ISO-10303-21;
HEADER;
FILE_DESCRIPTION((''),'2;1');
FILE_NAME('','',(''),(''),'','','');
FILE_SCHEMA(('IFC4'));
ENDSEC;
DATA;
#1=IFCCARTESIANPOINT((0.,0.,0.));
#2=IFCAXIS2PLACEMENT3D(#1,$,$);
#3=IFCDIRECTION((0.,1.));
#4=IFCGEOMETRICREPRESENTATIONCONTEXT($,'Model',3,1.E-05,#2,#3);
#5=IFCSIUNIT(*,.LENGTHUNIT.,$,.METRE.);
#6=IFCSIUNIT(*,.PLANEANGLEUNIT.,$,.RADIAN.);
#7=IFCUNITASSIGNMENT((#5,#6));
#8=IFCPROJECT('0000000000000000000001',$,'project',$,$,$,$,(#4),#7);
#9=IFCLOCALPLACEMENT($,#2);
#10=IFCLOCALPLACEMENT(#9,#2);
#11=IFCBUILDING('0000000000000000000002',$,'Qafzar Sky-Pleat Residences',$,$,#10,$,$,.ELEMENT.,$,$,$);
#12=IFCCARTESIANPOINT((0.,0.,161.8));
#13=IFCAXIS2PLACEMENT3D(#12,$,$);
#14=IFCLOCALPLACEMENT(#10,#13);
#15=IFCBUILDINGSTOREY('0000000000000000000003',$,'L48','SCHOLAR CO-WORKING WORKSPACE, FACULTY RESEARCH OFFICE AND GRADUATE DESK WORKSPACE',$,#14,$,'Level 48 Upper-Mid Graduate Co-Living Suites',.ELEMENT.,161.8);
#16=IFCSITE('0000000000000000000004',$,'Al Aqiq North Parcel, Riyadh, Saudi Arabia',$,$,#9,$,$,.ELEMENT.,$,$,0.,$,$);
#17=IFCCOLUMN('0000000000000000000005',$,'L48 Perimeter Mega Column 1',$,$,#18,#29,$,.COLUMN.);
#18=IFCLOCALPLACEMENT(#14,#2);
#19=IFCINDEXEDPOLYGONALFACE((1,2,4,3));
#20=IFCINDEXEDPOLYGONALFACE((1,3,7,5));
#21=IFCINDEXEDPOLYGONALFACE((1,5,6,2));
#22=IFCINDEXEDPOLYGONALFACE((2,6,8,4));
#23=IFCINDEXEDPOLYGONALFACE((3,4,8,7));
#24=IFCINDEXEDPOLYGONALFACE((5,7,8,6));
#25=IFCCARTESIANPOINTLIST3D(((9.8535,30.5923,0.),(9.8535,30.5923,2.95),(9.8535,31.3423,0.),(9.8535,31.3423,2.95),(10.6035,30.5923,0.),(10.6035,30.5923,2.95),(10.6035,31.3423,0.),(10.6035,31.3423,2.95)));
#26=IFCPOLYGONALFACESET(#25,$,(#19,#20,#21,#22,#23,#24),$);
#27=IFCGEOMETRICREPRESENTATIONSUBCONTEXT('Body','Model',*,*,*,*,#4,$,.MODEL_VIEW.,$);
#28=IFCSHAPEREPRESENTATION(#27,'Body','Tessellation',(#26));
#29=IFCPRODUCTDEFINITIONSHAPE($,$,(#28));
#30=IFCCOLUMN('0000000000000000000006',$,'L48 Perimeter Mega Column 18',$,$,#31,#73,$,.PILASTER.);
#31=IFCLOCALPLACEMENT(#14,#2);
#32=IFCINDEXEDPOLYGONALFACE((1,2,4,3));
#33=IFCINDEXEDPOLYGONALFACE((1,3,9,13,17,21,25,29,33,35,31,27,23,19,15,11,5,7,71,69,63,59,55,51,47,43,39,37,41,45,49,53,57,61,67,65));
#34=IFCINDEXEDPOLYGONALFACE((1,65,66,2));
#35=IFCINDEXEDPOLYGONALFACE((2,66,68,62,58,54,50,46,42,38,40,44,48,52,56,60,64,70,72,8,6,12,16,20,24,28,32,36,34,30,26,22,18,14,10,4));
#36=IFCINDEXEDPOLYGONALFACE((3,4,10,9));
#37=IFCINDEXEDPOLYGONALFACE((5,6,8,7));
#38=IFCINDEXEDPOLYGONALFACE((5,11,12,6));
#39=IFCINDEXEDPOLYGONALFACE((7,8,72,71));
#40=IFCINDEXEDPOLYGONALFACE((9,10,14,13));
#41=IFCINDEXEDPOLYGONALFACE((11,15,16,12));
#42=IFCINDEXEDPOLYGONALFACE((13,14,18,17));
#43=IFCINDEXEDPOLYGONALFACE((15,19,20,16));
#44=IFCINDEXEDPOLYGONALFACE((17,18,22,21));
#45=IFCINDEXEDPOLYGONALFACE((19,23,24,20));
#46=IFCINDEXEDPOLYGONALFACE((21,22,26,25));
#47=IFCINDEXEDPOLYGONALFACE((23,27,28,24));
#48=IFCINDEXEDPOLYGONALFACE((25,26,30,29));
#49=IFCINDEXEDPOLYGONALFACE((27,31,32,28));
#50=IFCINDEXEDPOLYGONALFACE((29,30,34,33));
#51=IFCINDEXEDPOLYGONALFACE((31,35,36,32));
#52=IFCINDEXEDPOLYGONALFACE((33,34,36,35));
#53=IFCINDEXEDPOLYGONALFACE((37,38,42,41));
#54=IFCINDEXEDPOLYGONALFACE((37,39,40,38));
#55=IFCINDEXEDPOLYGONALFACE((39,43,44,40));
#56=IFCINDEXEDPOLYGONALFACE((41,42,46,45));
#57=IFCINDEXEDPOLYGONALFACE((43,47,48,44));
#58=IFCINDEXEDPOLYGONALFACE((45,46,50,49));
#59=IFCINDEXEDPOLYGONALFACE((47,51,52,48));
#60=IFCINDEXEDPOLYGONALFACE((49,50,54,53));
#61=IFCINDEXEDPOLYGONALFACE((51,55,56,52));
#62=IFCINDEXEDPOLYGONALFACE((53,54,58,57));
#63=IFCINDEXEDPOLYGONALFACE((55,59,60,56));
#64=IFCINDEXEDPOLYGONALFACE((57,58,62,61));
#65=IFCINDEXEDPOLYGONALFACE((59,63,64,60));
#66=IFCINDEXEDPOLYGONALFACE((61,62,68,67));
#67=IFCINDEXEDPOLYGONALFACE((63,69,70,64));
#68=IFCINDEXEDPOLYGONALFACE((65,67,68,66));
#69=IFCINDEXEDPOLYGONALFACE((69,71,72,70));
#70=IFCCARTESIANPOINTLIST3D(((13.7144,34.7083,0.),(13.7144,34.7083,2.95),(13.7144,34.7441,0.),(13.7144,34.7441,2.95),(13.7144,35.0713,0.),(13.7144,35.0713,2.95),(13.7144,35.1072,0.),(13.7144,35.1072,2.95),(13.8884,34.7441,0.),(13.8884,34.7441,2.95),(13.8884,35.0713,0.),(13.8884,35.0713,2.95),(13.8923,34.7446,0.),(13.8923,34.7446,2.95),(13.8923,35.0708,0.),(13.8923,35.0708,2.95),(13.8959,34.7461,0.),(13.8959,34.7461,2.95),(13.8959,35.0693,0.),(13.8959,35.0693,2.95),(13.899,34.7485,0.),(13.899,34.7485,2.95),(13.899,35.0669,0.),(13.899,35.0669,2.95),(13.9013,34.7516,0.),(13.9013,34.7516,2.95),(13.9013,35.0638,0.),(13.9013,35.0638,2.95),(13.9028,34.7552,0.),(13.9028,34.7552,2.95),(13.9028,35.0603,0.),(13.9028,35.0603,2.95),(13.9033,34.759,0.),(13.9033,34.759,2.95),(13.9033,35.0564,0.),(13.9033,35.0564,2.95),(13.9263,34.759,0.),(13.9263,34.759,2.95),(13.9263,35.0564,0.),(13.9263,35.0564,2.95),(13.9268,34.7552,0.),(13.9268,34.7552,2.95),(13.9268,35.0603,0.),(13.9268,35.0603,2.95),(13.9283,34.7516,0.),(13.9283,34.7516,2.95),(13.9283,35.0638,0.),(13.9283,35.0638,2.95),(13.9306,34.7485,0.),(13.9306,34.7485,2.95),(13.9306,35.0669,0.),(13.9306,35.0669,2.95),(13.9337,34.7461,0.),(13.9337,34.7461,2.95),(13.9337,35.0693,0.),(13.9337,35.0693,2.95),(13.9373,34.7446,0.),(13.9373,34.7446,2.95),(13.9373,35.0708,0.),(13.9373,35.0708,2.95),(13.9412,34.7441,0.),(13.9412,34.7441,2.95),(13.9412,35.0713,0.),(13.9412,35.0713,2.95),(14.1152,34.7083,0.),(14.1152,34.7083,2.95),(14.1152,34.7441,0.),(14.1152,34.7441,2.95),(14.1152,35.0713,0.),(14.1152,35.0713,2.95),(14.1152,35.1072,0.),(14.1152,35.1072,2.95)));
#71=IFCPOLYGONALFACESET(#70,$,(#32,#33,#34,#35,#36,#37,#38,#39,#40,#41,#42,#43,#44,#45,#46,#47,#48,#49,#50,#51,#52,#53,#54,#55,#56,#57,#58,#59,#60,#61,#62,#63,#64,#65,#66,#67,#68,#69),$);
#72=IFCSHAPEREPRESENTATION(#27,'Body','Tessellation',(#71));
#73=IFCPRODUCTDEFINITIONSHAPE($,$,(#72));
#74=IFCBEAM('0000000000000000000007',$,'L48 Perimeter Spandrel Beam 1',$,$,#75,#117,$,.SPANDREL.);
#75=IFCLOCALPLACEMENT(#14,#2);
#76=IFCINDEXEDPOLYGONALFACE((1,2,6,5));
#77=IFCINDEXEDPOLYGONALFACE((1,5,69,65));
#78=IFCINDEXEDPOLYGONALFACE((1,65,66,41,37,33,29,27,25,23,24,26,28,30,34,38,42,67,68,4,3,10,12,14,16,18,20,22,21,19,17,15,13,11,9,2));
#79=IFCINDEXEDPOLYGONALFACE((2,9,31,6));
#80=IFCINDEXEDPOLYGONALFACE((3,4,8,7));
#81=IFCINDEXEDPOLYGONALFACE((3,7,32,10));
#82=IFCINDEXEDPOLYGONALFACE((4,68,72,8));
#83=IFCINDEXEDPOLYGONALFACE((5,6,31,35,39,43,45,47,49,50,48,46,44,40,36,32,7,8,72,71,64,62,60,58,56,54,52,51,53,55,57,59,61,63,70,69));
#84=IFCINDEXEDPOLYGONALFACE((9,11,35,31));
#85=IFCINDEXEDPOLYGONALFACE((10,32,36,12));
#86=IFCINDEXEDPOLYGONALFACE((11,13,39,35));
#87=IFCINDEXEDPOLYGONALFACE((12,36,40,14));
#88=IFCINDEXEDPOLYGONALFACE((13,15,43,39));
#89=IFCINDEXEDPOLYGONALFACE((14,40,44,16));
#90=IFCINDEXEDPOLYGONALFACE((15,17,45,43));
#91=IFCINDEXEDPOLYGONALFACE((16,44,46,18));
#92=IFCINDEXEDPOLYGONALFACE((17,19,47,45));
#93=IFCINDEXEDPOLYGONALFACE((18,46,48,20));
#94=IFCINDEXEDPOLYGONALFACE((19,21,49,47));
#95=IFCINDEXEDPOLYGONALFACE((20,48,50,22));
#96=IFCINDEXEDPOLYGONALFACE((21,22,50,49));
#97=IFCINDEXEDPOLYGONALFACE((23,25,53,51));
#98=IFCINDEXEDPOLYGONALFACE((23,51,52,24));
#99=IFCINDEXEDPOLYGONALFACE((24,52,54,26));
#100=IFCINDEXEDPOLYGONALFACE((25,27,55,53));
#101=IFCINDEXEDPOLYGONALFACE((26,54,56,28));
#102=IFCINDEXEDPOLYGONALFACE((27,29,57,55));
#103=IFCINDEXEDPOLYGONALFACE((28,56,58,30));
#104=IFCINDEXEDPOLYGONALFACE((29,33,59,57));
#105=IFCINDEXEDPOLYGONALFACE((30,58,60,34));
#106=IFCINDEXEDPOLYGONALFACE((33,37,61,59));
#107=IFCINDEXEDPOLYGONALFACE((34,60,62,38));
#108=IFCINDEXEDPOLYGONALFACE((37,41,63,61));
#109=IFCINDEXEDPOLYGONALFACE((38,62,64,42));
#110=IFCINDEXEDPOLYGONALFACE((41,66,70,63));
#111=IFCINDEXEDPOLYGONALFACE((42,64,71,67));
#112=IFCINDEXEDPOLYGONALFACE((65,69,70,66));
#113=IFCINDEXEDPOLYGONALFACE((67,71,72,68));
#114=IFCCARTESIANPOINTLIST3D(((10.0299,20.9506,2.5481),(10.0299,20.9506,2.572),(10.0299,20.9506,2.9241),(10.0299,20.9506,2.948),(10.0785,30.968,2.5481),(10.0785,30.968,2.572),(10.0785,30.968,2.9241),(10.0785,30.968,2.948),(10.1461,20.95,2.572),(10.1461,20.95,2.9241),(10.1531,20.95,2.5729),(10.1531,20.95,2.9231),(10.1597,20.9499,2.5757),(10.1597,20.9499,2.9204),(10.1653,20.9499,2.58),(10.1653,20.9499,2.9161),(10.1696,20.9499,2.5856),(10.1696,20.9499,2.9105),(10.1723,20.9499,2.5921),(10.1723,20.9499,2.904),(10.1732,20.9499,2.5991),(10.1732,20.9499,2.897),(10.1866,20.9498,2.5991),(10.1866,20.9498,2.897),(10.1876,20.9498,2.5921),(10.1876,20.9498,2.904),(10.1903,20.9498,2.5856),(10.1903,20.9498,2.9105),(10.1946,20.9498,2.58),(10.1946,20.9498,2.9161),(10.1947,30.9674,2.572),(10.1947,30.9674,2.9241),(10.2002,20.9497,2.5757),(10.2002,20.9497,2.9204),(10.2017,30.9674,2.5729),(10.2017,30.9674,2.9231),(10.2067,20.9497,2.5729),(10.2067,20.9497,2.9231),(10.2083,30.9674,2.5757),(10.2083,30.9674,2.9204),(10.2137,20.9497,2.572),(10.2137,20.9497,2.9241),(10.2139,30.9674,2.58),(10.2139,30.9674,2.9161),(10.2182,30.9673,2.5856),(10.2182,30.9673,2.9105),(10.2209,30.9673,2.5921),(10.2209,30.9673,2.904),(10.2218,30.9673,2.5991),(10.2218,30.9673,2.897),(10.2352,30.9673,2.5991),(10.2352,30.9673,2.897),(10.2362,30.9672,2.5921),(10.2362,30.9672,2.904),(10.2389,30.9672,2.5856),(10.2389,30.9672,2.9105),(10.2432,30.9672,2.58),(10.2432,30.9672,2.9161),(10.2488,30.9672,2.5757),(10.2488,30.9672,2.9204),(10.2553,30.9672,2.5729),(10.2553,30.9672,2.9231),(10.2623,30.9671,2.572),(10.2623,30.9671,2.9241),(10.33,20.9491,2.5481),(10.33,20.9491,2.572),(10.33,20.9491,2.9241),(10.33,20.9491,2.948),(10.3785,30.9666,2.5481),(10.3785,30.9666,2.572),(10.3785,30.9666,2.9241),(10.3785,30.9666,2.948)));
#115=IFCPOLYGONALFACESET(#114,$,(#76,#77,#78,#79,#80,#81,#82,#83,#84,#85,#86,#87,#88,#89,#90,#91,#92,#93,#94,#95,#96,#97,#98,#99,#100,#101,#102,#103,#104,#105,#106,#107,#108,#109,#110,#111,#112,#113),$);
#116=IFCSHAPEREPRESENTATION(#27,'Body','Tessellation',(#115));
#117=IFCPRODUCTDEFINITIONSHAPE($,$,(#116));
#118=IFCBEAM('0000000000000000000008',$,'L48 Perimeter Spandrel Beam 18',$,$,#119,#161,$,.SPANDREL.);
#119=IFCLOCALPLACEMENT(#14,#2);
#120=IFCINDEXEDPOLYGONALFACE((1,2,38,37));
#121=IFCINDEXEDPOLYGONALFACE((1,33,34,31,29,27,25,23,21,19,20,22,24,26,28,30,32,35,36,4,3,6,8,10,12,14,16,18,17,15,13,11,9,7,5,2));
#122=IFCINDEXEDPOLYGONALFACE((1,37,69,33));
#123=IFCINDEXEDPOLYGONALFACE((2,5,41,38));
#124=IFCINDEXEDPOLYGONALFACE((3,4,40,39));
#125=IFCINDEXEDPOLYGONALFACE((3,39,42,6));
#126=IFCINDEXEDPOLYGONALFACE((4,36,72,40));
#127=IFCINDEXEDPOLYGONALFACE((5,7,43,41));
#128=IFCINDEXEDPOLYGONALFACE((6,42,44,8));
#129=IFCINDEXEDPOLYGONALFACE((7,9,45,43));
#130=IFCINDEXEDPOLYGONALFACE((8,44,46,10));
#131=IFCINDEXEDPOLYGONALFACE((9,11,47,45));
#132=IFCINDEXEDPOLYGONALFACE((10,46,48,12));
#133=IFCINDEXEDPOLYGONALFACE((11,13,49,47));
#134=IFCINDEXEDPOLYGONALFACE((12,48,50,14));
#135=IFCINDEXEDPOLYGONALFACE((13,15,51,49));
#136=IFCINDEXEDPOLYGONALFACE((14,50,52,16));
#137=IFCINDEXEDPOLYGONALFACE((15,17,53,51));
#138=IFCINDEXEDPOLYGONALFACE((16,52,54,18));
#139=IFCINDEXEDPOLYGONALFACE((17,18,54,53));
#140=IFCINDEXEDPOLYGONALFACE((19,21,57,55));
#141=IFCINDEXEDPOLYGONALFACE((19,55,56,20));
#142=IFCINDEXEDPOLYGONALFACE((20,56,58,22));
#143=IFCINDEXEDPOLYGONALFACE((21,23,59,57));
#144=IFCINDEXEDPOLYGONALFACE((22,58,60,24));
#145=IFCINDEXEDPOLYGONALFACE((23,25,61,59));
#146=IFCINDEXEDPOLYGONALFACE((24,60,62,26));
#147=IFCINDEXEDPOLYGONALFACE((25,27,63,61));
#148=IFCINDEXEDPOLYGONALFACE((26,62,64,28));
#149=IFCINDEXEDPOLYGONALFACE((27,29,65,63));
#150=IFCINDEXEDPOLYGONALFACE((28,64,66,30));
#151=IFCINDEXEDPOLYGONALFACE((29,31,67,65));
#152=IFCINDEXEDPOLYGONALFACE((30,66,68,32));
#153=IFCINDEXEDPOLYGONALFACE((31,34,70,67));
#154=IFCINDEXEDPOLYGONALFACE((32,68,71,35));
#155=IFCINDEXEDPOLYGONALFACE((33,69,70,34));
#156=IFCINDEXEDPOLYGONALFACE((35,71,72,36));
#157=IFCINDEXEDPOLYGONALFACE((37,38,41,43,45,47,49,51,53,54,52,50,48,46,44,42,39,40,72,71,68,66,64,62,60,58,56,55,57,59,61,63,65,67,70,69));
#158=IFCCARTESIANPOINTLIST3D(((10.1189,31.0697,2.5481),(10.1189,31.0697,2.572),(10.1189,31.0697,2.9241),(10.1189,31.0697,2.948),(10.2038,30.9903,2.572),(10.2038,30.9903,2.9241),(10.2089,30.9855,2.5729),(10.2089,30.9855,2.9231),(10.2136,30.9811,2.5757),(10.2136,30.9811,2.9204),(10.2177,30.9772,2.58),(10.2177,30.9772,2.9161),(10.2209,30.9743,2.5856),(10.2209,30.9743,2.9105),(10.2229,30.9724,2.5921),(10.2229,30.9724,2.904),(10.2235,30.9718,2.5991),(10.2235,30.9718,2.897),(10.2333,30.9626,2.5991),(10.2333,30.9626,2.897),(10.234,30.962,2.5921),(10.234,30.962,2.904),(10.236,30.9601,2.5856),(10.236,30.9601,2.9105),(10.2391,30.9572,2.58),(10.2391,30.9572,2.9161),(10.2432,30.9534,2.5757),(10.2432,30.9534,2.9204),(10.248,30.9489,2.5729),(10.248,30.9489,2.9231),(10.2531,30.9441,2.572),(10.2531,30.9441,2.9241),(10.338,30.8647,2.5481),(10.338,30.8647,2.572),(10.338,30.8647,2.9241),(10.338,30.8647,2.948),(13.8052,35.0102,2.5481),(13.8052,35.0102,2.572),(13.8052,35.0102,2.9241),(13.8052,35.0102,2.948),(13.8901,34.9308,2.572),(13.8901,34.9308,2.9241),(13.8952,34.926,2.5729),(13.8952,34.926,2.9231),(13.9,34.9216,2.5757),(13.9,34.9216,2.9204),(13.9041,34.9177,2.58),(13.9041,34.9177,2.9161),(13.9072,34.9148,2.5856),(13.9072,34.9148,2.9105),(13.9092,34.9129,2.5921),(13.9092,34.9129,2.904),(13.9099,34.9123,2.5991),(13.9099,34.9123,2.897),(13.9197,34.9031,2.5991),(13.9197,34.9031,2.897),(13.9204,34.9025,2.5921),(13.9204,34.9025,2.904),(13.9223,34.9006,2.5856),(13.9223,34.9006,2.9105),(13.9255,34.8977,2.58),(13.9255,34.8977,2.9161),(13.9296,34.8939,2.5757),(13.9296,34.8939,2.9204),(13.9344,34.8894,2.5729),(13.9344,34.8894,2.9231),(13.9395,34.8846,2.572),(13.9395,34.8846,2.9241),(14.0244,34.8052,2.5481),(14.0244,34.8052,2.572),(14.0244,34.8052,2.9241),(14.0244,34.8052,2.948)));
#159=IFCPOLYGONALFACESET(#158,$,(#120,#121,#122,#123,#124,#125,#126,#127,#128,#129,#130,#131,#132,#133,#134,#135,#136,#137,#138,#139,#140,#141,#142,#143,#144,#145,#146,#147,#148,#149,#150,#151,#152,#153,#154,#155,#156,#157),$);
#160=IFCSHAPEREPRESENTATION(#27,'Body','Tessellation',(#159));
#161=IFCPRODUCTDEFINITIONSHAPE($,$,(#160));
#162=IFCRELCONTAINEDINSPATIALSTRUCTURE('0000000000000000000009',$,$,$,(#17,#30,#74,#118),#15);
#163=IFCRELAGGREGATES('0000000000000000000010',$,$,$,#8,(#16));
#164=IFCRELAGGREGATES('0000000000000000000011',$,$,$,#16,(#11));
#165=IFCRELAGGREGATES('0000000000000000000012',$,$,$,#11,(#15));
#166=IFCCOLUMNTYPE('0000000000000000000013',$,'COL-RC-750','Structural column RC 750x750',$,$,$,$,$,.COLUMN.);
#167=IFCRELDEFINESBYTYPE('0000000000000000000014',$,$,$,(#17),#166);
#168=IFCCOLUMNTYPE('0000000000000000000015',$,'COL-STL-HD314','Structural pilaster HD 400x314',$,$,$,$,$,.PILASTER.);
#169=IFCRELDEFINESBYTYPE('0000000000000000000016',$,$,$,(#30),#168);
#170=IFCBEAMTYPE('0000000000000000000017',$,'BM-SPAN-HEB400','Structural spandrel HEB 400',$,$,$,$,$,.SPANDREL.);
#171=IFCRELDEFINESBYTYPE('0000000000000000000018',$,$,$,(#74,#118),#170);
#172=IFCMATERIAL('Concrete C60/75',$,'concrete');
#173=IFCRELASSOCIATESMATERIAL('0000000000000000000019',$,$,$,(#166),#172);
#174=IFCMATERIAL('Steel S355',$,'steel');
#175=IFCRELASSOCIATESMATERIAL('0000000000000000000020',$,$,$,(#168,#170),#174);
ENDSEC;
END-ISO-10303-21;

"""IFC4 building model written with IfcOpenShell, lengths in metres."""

from ifc_helpers import new_model, si_unit, direction, frame, origin, origin_2d, place, context, subcontext, project, spatial, rectangle, i_section, extrude, source, transform, mapped, material, material_profile, profile_set, type_object, element, save


model = new_model("IFC4")

# Units and contexts
model_context = context("Model", 3, precision=1e-05, world=origin(), true_north=direction((0.0, 1.0)))
body_context = subcontext(model_context, "Body", "Model", "MODEL_VIEW")
ifc_project = project(units=[si_unit("LENGTHUNIT", "METRE"), si_unit("PLANEANGLEUNIT", "RADIAN")], contexts=[model_context])

# Site, building, storey
site_placement = place(None, origin())
site = spatial("IfcSite", under=ifc_project, at=site_placement, Name="Al Aqiq North Parcel, Riyadh, Saudi Arabia", CompositionType="ELEMENT", RefElevation=0.0)
building_placement = place(site_placement, origin())
building = spatial("IfcBuilding", under=site, at=building_placement, Name="Qafzar Sky-Pleat Residences", CompositionType="ELEMENT")
storey_placement = place(building_placement, frame((0.0, 0.0, 161.8)))
storey = spatial("IfcBuildingStorey", under=building, at=storey_placement, Name="L48", Description="SCHOLAR CO-WORKING WORKSPACE, FACULTY RESEARCH OFFICE AND GRADUATE DESK WORKSPACE", LongName="Level 48 Upper-Mid Graduate Co-Living Suites", CompositionType="ELEMENT", Elevation=161.8)

# Columns
ifc_material_1 = material(Name="Concrete C60/75", Category="concrete")
ifc_material_profile_1 = material_profile(ifc_material_1, rectangle(XDim=0.75, YDim=0.75, at=origin_2d()), Name="RC 750x750")
ifc_profile_set_1 = profile_set([ifc_material_profile_1], Name="Concrete C60/75")
column_type_1 = type_object("IfcColumnType", Name="COL-RC-750", Description="Structural column RC 750x750", PredefinedType="COLUMN", material=ifc_profile_set_1)
shared_shape_1 = source(origin(), body_context, "Body", "SweptSolid", [
    extrude(rectangle(XDim=0.75, YDim=0.75, at=origin_2d()), origin(), (0.0, 0.0, 1.0), 2.95),
])
column_1_placement = place(storey_placement, frame((10.2285, 30.9673, 0.0), z_axis=(0.0, 0.0, 1.0), x_axis=(1.0, 0.0, 0.0)))
element("IfcColumn", 1, at=column_1_placement, inside=storey, type_object=column_type_1, Name="L48 Perimeter Mega Column 1", PredefinedType="COLUMN", context=body_context, shape_type="MappedRepresentation", body=[
    mapped(shared_shape_1, transform((0.0, 0.0, 0.0), x_axis=(1.0, 0.0, 0.0), y_axis=(0.0, 1.0, 0.0), z_axis=(0.0, 0.0, 1.0), scale=1.0)),
])
ifc_material_2 = material(Name="Steel S355", Category="steel")
ifc_material_profile_2 = material_profile(ifc_material_2, i_section(OverallWidth=0.4009, OverallDepth=0.3989, WebThickness=0.0229, FlangeThickness=0.0359, FilletRadius=0.0149, at=origin_2d()), Name="HD 400x314")
ifc_profile_set_2 = profile_set([ifc_material_profile_2], Name="Steel S355")
column_type_2 = type_object("IfcColumnType", Name="COL-STL-HD314", Description="Structural pilaster HD 400x314", PredefinedType="PILASTER", material=ifc_profile_set_2)
shared_shape_2 = source(origin(), body_context, "Body", "SweptSolid", [
    extrude(i_section(OverallWidth=0.4009, OverallDepth=0.3989, WebThickness=0.0229, FlangeThickness=0.0359, FilletRadius=0.0149, at=origin_2d()), origin(), (0.0, 0.0, 1.0), 2.95),
])
column_2_placement = place(storey_placement, frame((13.9148, 34.9077, 0.0), z_axis=(0.0, 0.0, 1.0), x_axis=(1.0, 0.0, 0.0)))
element("IfcColumn", 2, at=column_2_placement, inside=storey, type_object=column_type_2, Name="L48 Perimeter Mega Column 18", PredefinedType="PILASTER", context=body_context, shape_type="MappedRepresentation", body=[
    mapped(shared_shape_2, transform((0.0, 0.0, 0.0), x_axis=(1.0, 0.0, 0.0), y_axis=(0.0, 1.0, 0.0), z_axis=(0.0, 0.0, 1.0), scale=1.0)),
])

# Beams
ifc_material_profile_3 = material_profile(ifc_material_2, i_section(OverallWidth=0.3, OverallDepth=0.3999, WebThickness=0.0134, FlangeThickness=0.0239, FilletRadius=0.0271, at=origin_2d()), Name="HEB 400")
ifc_profile_set_3 = profile_set([ifc_material_profile_3], Name="Steel S355")
beam_type_1 = type_object("IfcBeamType", Name="BM-SPAN-HEB400", Description="Structural spandrel HEB 400", PredefinedType="SPANDREL", material=ifc_profile_set_3)
shared_shape_3 = source(origin(), body_context, "Body", "SweptSolid", [
    extrude(i_section(OverallWidth=0.3, OverallDepth=0.3999, WebThickness=0.0134, FlangeThickness=0.0239, FilletRadius=0.0271, at=origin_2d()), origin(), (0.0, 0.0, 1.0), 10.0176),
])
beam_1_placement = place(storey_placement, frame((10.2285, 30.9673, 2.748), z_axis=(-0.00485, -0.999988, 0.0), x_axis=(0.999988, -0.00485, 0.0)))
element("IfcBeam", 3, at=beam_1_placement, inside=storey, type_object=beam_type_1, Name="L48 Perimeter Spandrel Beam 1", PredefinedType="SPANDREL", context=body_context, shape_type="MappedRepresentation", body=[
    mapped(shared_shape_3, transform((0.0, 0.0, 0.0), x_axis=(1.0, 0.0, 0.0), y_axis=(0.0, 1.0, 0.0), z_axis=(0.0, 0.0, 1.0), scale=1.0)),
])
shared_shape_4 = source(origin(), body_context, "Body", "SweptSolid", [
    extrude(i_section(OverallWidth=0.3, OverallDepth=0.3999, WebThickness=0.0134, FlangeThickness=0.0239, FilletRadius=0.0271, at=origin_2d()), origin(), (0.0, 0.0, 1.0), 5.396),
])
beam_2_placement = place(storey_placement, frame((13.9148, 34.9077, 2.748), z_axis=(-0.683164, -0.730265, 0.0), x_axis=(0.730265, -0.683164, 0.0)))
element("IfcBeam", 4, at=beam_2_placement, inside=storey, type_object=beam_type_1, Name="L48 Perimeter Spandrel Beam 18", PredefinedType="SPANDREL", context=body_context, shape_type="MappedRepresentation", body=[
    mapped(shared_shape_4, transform((0.0, 0.0, 0.0), x_axis=(1.0, 0.0, 0.0), y_axis=(0.0, 1.0, 0.0), z_axis=(0.0, 0.0, 1.0), scale=1.0)),
])

save(model, "model.ifc")
